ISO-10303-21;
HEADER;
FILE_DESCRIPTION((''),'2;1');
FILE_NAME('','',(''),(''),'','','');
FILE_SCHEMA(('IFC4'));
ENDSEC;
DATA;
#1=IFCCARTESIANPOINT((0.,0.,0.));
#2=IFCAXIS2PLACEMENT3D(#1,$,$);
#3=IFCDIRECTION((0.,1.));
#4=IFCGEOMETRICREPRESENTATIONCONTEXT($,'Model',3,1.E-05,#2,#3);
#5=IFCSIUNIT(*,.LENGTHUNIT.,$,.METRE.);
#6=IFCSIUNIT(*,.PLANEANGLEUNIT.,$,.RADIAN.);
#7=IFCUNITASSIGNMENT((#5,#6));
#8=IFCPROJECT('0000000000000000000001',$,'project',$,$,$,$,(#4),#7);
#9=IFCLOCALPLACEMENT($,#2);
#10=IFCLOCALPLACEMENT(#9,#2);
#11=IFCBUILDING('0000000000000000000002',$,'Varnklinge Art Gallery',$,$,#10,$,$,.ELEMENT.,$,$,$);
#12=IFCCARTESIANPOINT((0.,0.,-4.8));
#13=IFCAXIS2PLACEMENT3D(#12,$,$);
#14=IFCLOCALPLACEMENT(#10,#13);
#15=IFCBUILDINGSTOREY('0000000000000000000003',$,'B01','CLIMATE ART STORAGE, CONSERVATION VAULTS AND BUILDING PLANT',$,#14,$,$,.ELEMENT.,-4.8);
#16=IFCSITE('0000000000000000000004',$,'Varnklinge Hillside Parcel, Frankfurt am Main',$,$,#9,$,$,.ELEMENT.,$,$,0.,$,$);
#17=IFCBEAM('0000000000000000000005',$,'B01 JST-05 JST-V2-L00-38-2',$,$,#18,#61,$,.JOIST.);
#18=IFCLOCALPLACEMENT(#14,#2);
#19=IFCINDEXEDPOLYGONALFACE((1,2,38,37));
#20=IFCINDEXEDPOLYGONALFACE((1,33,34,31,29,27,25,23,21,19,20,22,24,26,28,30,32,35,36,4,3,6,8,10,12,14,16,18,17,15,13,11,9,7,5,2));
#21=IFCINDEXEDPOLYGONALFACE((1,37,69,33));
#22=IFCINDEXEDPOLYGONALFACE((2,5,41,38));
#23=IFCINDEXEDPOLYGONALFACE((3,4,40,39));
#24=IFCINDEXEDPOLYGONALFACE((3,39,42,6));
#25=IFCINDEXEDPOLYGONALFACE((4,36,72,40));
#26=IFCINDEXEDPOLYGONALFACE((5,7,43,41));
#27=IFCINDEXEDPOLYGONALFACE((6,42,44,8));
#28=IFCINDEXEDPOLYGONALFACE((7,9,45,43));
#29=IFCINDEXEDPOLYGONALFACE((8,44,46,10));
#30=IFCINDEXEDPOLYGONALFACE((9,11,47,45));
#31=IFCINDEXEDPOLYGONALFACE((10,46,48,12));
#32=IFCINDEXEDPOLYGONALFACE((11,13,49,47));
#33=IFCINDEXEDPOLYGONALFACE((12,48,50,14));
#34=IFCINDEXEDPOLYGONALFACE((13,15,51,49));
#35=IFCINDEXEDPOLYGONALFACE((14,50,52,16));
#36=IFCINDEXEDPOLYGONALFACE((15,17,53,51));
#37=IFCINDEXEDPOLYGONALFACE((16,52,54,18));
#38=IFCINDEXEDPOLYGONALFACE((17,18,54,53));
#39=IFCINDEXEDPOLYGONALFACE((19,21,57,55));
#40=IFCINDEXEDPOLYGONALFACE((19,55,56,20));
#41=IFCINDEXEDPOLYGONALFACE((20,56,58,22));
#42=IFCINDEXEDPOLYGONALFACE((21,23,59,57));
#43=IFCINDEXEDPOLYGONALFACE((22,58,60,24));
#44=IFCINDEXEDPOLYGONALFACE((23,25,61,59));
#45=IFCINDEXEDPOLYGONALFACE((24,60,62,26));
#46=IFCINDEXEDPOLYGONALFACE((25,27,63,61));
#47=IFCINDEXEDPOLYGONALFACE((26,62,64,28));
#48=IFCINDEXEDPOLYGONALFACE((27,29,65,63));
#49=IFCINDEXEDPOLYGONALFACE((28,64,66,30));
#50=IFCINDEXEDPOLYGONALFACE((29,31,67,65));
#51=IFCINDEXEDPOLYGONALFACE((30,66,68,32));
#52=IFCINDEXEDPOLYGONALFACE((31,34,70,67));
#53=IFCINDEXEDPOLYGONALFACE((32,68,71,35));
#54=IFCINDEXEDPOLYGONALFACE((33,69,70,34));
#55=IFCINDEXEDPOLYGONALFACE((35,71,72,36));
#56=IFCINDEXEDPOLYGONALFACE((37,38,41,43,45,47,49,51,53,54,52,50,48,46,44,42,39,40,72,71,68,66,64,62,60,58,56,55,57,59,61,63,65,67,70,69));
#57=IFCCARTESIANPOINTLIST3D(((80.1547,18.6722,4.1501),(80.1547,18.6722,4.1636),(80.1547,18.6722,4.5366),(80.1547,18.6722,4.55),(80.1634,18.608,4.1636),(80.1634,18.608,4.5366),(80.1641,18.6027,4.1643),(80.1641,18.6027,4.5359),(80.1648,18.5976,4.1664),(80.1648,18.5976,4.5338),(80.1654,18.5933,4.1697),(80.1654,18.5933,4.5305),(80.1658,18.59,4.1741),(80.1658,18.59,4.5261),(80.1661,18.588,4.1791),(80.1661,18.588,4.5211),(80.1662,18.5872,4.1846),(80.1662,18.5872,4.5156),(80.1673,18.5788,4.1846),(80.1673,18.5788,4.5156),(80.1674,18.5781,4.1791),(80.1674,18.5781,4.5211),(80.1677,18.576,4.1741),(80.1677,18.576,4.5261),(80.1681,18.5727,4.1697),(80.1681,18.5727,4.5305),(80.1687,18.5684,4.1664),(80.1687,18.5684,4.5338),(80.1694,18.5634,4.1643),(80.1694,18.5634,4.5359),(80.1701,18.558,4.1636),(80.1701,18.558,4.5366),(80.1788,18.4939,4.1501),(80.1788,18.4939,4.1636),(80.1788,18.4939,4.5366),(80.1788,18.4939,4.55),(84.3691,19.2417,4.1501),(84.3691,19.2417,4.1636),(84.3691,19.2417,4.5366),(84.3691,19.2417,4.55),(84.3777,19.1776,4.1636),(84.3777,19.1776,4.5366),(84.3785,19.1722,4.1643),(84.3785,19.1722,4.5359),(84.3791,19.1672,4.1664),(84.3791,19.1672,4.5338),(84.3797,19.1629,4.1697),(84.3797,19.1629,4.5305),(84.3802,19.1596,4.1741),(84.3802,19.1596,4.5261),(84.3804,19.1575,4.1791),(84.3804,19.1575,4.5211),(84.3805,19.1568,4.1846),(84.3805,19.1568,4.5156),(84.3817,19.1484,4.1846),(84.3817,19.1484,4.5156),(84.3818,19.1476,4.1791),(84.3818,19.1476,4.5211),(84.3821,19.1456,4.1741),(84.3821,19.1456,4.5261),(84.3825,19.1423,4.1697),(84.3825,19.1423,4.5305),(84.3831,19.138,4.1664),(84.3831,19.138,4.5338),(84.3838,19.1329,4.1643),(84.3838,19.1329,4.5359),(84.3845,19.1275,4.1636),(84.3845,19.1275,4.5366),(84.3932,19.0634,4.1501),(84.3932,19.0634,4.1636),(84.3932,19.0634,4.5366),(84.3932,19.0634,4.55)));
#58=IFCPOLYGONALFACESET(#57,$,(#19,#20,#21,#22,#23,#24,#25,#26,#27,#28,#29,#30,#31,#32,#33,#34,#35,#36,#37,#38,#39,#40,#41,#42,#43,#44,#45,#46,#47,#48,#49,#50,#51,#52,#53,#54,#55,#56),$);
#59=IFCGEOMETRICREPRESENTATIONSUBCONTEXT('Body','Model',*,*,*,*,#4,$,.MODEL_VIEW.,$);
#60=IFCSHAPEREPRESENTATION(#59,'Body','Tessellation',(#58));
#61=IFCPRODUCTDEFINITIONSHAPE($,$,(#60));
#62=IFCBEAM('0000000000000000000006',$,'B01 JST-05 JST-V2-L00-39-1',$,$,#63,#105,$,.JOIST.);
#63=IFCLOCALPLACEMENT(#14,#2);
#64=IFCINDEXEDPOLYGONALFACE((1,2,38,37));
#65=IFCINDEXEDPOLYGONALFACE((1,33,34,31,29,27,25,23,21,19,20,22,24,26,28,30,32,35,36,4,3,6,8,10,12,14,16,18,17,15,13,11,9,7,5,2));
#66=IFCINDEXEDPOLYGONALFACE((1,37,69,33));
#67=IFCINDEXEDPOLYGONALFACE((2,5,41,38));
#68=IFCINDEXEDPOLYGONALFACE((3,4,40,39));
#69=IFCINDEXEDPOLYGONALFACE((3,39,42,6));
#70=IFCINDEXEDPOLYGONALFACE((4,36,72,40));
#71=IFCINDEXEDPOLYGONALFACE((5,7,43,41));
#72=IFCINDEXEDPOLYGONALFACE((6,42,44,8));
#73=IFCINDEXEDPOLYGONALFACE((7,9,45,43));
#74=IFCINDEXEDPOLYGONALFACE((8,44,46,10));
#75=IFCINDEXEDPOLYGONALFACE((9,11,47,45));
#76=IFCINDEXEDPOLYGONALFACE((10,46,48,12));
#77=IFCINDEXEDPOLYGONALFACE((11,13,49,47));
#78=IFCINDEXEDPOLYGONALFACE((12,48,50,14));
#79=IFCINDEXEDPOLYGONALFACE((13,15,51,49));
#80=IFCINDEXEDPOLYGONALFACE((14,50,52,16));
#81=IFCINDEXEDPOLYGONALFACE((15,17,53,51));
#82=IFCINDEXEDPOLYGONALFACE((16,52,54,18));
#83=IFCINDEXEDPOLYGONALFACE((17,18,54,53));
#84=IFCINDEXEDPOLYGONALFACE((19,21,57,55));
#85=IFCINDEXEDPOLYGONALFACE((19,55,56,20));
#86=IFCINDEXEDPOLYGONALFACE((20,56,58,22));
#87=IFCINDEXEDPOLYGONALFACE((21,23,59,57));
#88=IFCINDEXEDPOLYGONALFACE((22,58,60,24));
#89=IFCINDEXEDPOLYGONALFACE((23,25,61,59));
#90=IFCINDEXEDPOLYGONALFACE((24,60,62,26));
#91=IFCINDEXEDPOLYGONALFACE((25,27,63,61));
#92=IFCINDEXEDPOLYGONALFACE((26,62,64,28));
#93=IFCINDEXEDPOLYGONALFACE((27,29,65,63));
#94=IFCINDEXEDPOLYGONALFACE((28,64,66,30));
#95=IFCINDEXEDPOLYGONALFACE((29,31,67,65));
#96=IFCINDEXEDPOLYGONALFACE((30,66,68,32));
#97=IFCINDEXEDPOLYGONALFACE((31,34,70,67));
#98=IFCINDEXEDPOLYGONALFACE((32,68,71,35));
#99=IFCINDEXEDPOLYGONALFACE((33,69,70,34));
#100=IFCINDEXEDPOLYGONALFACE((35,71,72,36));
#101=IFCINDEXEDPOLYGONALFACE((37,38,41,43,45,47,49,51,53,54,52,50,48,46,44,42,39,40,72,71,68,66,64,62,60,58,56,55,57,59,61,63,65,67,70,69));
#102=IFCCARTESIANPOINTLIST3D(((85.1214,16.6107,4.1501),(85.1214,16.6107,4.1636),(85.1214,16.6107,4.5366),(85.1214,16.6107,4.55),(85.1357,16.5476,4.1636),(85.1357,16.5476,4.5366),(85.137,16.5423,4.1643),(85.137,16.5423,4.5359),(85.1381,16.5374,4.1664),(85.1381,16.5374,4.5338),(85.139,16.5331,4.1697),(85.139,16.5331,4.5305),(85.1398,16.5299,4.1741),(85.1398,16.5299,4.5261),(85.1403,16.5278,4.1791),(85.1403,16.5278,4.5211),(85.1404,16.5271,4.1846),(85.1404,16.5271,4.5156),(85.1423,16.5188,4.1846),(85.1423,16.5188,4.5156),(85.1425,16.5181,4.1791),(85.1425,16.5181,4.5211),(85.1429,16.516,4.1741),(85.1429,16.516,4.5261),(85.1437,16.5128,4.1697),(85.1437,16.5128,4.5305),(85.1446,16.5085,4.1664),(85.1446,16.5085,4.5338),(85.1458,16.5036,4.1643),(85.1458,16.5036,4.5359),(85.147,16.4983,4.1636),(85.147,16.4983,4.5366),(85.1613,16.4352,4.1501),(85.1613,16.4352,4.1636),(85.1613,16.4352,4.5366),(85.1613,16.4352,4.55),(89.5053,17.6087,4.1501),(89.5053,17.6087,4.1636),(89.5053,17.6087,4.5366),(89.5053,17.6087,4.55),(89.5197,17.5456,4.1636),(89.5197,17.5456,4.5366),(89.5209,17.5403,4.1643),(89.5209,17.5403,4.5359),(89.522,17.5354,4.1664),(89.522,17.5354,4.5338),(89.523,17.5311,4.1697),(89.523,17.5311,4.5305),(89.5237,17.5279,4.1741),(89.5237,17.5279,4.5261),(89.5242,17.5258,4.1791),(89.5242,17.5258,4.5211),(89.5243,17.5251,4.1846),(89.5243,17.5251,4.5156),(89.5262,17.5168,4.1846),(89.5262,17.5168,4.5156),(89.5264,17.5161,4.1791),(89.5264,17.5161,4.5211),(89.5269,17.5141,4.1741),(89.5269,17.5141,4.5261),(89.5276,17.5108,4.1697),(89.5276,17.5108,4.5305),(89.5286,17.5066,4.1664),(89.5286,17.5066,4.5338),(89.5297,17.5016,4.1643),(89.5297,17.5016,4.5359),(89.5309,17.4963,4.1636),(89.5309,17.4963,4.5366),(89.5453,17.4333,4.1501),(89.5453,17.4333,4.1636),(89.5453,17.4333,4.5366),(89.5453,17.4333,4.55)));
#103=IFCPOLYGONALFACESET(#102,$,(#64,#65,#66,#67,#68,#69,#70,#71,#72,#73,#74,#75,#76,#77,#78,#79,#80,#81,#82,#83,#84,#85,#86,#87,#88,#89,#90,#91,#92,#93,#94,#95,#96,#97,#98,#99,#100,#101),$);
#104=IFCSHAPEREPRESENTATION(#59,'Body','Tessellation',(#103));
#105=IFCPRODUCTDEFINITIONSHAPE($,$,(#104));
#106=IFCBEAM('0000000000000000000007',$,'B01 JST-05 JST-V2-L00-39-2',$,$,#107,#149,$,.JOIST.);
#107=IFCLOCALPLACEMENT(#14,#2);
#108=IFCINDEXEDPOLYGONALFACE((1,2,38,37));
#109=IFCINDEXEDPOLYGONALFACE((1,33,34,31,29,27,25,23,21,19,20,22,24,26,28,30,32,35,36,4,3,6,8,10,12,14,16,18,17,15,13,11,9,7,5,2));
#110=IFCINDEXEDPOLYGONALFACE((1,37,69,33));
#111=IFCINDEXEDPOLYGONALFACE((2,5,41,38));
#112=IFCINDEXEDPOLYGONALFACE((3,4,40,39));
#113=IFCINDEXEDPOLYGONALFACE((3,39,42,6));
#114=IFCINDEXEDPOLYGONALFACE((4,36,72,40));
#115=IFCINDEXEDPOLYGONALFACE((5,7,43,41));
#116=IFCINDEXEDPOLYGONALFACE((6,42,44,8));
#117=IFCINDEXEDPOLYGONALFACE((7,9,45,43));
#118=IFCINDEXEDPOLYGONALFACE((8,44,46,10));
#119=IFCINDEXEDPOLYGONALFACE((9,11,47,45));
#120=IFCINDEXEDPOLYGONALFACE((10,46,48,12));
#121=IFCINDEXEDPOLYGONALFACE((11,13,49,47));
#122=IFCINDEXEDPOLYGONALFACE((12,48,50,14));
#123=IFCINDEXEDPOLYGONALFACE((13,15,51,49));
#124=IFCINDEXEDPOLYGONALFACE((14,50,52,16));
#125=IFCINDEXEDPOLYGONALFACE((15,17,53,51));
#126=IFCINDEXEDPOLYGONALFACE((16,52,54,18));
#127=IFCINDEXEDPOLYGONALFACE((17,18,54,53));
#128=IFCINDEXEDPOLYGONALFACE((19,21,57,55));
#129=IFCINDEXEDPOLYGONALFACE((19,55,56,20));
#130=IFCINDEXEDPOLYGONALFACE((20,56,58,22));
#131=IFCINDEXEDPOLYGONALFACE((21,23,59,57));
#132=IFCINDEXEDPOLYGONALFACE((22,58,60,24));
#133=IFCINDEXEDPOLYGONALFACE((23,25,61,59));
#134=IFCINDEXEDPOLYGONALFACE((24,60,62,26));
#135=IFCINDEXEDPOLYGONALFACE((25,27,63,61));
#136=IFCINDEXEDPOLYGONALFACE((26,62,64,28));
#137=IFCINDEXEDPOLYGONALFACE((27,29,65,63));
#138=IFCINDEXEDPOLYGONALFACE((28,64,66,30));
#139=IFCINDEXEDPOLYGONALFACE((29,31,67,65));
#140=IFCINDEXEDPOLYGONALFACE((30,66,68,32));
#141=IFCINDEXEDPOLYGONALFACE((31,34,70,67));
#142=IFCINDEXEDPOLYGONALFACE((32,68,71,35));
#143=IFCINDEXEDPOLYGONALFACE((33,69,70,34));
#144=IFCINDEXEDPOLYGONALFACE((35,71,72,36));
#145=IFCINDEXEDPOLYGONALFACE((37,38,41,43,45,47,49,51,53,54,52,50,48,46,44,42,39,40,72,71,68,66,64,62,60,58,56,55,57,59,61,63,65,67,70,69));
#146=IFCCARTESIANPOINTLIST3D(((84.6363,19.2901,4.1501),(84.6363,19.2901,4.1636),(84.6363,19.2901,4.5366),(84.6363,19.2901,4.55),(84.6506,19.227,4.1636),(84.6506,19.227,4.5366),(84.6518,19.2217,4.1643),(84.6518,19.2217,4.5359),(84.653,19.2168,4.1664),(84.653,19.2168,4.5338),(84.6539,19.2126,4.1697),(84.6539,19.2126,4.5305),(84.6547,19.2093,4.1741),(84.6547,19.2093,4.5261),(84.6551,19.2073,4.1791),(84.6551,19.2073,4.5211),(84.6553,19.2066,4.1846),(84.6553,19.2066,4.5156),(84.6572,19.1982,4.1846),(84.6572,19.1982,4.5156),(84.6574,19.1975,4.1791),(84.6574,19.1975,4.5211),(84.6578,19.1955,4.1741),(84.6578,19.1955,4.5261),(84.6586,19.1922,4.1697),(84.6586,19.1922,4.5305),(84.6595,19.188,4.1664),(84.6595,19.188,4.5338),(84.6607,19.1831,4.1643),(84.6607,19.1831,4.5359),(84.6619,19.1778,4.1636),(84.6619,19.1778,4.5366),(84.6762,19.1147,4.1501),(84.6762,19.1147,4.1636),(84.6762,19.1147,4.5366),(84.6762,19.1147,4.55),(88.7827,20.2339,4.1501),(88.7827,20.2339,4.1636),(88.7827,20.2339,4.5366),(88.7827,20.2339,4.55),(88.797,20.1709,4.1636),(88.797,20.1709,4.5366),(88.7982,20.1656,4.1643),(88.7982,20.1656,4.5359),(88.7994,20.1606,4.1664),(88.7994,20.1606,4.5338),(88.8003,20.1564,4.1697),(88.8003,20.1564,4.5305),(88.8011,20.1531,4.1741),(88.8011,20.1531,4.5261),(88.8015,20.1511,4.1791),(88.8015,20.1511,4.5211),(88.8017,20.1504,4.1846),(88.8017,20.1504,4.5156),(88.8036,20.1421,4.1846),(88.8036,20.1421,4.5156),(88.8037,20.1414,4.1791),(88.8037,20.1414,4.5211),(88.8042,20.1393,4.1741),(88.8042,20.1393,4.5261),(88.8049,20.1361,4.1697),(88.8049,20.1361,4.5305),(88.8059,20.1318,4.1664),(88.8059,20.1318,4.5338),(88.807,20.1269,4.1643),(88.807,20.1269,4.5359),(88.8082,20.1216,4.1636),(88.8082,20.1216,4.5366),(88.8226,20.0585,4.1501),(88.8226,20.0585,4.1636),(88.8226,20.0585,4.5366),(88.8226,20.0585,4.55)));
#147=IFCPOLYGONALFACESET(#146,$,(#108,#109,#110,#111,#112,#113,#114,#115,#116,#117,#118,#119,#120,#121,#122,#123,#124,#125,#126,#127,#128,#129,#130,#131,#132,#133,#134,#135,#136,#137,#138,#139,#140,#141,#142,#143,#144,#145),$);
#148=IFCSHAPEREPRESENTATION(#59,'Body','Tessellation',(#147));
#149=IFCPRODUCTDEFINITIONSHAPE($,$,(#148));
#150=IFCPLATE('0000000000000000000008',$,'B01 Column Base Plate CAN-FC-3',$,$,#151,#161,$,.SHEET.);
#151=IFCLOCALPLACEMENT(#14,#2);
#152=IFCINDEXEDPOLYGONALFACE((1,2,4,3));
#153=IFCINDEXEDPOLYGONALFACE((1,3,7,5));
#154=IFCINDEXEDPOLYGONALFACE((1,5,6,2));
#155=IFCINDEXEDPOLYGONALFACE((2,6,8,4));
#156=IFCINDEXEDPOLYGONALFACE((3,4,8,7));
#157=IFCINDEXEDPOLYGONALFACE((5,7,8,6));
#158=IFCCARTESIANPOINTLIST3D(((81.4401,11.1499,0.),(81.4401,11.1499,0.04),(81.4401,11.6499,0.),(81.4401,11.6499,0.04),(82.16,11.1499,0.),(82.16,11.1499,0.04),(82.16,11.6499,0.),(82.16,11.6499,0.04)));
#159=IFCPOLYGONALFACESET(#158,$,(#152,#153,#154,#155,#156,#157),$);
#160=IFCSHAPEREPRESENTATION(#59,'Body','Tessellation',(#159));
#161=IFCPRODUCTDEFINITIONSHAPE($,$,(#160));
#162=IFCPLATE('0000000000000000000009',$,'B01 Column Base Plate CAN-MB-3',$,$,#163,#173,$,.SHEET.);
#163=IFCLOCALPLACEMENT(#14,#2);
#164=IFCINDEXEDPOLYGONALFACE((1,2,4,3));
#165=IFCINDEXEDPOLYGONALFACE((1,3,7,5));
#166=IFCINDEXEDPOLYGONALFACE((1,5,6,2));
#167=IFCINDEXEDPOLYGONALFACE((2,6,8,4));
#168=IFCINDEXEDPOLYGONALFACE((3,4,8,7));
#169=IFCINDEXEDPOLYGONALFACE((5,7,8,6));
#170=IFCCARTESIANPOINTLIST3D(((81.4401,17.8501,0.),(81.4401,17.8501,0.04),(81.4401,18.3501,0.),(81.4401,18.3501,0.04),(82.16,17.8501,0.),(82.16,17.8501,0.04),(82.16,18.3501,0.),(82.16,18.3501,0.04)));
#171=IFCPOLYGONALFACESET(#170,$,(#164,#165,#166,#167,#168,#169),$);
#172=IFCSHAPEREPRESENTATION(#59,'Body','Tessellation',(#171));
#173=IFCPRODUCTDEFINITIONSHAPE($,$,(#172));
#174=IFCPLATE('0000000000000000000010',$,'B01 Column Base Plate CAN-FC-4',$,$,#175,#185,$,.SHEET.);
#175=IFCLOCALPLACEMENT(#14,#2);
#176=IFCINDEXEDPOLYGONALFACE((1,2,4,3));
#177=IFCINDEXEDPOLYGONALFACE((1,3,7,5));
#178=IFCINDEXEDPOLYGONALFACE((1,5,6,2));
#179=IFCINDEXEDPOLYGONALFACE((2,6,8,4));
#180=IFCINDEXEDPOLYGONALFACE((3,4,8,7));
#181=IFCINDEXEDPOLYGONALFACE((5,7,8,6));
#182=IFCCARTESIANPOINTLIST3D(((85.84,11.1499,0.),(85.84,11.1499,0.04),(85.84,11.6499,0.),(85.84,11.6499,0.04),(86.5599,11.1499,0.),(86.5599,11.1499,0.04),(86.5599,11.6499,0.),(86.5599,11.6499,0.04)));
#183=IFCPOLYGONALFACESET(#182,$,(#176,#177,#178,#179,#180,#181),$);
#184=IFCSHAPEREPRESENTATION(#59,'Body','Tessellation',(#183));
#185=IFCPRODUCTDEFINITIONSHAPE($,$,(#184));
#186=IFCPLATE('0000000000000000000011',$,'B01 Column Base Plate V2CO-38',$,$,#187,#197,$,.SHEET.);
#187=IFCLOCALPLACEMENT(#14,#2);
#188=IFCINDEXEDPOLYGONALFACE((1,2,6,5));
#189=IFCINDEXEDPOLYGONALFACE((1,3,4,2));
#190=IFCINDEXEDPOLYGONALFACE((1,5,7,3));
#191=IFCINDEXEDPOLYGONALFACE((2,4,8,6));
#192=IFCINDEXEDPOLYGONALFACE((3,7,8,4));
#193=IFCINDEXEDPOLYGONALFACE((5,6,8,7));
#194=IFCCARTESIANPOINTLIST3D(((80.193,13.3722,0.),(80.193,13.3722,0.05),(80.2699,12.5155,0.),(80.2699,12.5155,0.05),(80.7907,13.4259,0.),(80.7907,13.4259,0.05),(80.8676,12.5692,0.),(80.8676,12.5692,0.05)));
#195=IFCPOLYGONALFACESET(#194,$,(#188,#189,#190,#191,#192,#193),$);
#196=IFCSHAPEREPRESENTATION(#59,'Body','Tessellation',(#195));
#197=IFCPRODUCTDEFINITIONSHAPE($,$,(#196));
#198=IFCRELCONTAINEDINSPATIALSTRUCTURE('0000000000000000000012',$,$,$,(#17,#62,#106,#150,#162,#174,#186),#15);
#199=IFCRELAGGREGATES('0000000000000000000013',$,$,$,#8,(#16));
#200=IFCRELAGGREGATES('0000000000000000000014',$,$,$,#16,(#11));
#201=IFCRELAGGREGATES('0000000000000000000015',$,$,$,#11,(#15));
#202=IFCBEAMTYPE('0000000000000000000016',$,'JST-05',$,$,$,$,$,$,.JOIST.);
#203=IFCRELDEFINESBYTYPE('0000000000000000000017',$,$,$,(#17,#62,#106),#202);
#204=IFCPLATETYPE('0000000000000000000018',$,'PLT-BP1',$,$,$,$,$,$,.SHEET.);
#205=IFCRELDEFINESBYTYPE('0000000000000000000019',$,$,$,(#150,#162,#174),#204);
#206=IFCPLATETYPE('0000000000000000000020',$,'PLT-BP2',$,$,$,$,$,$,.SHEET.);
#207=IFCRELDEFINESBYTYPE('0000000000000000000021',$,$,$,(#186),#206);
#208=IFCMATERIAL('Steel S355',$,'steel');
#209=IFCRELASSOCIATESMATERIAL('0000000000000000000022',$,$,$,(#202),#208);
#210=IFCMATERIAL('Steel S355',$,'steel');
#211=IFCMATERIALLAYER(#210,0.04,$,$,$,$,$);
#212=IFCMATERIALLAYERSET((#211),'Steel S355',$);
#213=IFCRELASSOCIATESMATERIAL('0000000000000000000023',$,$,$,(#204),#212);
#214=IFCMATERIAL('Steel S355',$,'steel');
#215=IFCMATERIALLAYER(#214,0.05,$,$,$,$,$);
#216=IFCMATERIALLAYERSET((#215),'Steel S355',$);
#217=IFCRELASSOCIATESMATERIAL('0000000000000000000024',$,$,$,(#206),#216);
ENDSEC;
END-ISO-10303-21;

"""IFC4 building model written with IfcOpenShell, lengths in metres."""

from ifc_helpers import new_model, si_unit, direction, frame, origin, origin_2d, place, context, subcontext, project, spatial, rectangle, i_section, extrude, material, layer, layer_set, material_profile, profile_set, type_object, element, save


model = new_model("IFC4")

# Units and contexts
model_context = context("Model", 3, precision=1e-05, world=origin(), true_north=direction((0.0, 1.0)))
body_context = subcontext(model_context, "Body", "Model", "MODEL_VIEW")
ifc_project = project(units=[si_unit("LENGTHUNIT", "METRE"), si_unit("PLANEANGLEUNIT", "RADIAN")], contexts=[model_context])

# Site, building, storey
site_placement = place(None, origin())
site = spatial("IfcSite", under=ifc_project, at=site_placement, Name="Varnklinge Hillside Parcel, Frankfurt am Main", CompositionType="ELEMENT", RefElevation=0.0)
building_placement = place(site_placement, origin())
building = spatial("IfcBuilding", under=site, at=building_placement, Name="Varnklinge Art Gallery", CompositionType="ELEMENT")
storey_placement = place(building_placement, frame((0.0, 0.0, -4.8)))
storey = spatial("IfcBuildingStorey", under=building, at=storey_placement, Name="B01", Description="CLIMATE ART STORAGE, CONSERVATION VAULTS AND BUILDING PLANT", CompositionType="ELEMENT", Elevation=-4.8)

# Beams
ifc_material_1 = material(Name="Steel S355", Category="steel")
ifc_material_profile_1 = material_profile(ifc_material_1, i_section(OverallWidth=0.1799, OverallDepth=0.3999, WebThickness=0.0085, FlangeThickness=0.0134, FilletRadius=0.021, at=origin_2d()), Name="IPE 400")
ifc_profile_set_1 = profile_set([ifc_material_profile_1], Name="Steel S355")
beam_type_1 = type_object("IfcBeamType", Name="JST-05", PredefinedType="JOIST", material=ifc_profile_set_1)
beam_1_placement = place(storey_placement, frame((80.1667, 18.583, 4.3501), z_axis=(0.99099, 0.133935, 0.0), x_axis=(-0.133935, 0.99099, 0.0)))
element("IfcBeam", 1, at=beam_1_placement, inside=storey, type_object=beam_type_1, Name="B01 JST-05 JST-V2-L00-38-2", PredefinedType="JOIST", context=body_context, shape_type="SweptSolid", body=[
    extrude(i_section(OverallWidth=0.1799, OverallDepth=0.3999, WebThickness=0.0085, FlangeThickness=0.0134, FilletRadius=0.021, at=origin_2d()), origin(), (0.0, 0.0, 1.0), 4.2527),
])
beam_2_placement = place(storey_placement, frame((85.1414, 16.5229, 4.3501), z_axis=(0.975052, 0.221975, 0.0), x_axis=(-0.221975, 0.975052, 0.0)))
element("IfcBeam", 2, at=beam_2_placement, inside=storey, type_object=beam_type_1, Name="B01 JST-05 JST-V2-L00-39-1", PredefinedType="JOIST", context=body_context, shape_type="SweptSolid", body=[
    extrude(i_section(OverallWidth=0.1799, OverallDepth=0.3999, WebThickness=0.0085, FlangeThickness=0.0134, FilletRadius=0.021, at=origin_2d()), origin(), (0.0, 0.0, 1.0), 4.4961),
])
beam_3_placement = place(storey_placement, frame((84.6562, 19.2024, 4.3501), z_axis=(0.975058, 0.221949, 0.0), x_axis=(-0.221949, 0.975058, 0.0)))
element("IfcBeam", 3, at=beam_3_placement, inside=storey, type_object=beam_type_1, Name="B01 JST-05 JST-V2-L00-39-2", PredefinedType="JOIST", context=body_context, shape_type="SweptSolid", body=[
    extrude(i_section(OverallWidth=0.1799, OverallDepth=0.3999, WebThickness=0.0085, FlangeThickness=0.0134, FilletRadius=0.021, at=origin_2d()), origin(), (0.0, 0.0, 1.0), 4.2524),
])

# Plates
ifc_material_2 = material(Name="Steel S355", Category="steel")
ifc_layer_1 = layer(ifc_material_2, 0.04)
ifc_layer_set_1 = layer_set([ifc_layer_1], Name="Steel S355")
plate_type_1 = type_object("IfcPlateType", Name="PLT-BP1", PredefinedType="SHEET", material=ifc_layer_set_1)
for number, where, z_axis, x_axis, name in (
    (4, (81.8, 11.3999, 0.0), (0.0, 0.0, 1.0), (1.0, 0.0, 0.0), "B01 Column Base Plate CAN-FC-3"),
    (5, (81.8, 18.1001, 0.0), (0.0, 0.0, 1.0), (1.0, 0.0, 0.0), "B01 Column Base Plate CAN-MB-3"),
    (6, (86.2, 11.3999, 0.0), (0.0, 0.0, 1.0), (1.0, 0.0, 0.0), "B01 Column Base Plate CAN-FC-4"),
):
    element("IfcPlate", number, at=place(storey_placement, frame(where, z_axis=z_axis, x_axis=x_axis)), inside=storey, type_object=plate_type_1, Name=name, PredefinedType="SHEET", context=body_context, shape_type="SweptSolid", body=[
        extrude(rectangle(XDim=0.72, YDim=0.5, at=origin_2d()), origin(), (0.0, 0.0, 1.0), 0.04),
    ])
ifc_material_3 = material(Name="Steel S355", Category="steel")
ifc_layer_2 = layer(ifc_material_3, 0.05)
ifc_layer_set_2 = layer_set([ifc_layer_2], Name="Steel S355")
plate_type_2 = type_object("IfcPlateType", Name="PLT-BP2", PredefinedType="SHEET", material=ifc_layer_set_2)
for number, where, z_axis, x_axis, name in (
    (7, (80.5303, 12.9707, 0.0), (0.0, 0.0, 1.0), (-0.089416, 0.995994, 0.0), "B01 Column Base Plate V2CO-38"),
):
    element("IfcPlate", number, at=place(storey_placement, frame(where, z_axis=z_axis, x_axis=x_axis)), inside=storey, type_object=plate_type_2, Name=name, PredefinedType="SHEET", context=body_context, shape_type="SweptSolid", body=[
        extrude(rectangle(XDim=0.8601, YDim=0.6001, at=origin_2d()), origin(), (0.0, 0.0, 1.0), 0.05),
    ])

save(model, "model.ifc")
